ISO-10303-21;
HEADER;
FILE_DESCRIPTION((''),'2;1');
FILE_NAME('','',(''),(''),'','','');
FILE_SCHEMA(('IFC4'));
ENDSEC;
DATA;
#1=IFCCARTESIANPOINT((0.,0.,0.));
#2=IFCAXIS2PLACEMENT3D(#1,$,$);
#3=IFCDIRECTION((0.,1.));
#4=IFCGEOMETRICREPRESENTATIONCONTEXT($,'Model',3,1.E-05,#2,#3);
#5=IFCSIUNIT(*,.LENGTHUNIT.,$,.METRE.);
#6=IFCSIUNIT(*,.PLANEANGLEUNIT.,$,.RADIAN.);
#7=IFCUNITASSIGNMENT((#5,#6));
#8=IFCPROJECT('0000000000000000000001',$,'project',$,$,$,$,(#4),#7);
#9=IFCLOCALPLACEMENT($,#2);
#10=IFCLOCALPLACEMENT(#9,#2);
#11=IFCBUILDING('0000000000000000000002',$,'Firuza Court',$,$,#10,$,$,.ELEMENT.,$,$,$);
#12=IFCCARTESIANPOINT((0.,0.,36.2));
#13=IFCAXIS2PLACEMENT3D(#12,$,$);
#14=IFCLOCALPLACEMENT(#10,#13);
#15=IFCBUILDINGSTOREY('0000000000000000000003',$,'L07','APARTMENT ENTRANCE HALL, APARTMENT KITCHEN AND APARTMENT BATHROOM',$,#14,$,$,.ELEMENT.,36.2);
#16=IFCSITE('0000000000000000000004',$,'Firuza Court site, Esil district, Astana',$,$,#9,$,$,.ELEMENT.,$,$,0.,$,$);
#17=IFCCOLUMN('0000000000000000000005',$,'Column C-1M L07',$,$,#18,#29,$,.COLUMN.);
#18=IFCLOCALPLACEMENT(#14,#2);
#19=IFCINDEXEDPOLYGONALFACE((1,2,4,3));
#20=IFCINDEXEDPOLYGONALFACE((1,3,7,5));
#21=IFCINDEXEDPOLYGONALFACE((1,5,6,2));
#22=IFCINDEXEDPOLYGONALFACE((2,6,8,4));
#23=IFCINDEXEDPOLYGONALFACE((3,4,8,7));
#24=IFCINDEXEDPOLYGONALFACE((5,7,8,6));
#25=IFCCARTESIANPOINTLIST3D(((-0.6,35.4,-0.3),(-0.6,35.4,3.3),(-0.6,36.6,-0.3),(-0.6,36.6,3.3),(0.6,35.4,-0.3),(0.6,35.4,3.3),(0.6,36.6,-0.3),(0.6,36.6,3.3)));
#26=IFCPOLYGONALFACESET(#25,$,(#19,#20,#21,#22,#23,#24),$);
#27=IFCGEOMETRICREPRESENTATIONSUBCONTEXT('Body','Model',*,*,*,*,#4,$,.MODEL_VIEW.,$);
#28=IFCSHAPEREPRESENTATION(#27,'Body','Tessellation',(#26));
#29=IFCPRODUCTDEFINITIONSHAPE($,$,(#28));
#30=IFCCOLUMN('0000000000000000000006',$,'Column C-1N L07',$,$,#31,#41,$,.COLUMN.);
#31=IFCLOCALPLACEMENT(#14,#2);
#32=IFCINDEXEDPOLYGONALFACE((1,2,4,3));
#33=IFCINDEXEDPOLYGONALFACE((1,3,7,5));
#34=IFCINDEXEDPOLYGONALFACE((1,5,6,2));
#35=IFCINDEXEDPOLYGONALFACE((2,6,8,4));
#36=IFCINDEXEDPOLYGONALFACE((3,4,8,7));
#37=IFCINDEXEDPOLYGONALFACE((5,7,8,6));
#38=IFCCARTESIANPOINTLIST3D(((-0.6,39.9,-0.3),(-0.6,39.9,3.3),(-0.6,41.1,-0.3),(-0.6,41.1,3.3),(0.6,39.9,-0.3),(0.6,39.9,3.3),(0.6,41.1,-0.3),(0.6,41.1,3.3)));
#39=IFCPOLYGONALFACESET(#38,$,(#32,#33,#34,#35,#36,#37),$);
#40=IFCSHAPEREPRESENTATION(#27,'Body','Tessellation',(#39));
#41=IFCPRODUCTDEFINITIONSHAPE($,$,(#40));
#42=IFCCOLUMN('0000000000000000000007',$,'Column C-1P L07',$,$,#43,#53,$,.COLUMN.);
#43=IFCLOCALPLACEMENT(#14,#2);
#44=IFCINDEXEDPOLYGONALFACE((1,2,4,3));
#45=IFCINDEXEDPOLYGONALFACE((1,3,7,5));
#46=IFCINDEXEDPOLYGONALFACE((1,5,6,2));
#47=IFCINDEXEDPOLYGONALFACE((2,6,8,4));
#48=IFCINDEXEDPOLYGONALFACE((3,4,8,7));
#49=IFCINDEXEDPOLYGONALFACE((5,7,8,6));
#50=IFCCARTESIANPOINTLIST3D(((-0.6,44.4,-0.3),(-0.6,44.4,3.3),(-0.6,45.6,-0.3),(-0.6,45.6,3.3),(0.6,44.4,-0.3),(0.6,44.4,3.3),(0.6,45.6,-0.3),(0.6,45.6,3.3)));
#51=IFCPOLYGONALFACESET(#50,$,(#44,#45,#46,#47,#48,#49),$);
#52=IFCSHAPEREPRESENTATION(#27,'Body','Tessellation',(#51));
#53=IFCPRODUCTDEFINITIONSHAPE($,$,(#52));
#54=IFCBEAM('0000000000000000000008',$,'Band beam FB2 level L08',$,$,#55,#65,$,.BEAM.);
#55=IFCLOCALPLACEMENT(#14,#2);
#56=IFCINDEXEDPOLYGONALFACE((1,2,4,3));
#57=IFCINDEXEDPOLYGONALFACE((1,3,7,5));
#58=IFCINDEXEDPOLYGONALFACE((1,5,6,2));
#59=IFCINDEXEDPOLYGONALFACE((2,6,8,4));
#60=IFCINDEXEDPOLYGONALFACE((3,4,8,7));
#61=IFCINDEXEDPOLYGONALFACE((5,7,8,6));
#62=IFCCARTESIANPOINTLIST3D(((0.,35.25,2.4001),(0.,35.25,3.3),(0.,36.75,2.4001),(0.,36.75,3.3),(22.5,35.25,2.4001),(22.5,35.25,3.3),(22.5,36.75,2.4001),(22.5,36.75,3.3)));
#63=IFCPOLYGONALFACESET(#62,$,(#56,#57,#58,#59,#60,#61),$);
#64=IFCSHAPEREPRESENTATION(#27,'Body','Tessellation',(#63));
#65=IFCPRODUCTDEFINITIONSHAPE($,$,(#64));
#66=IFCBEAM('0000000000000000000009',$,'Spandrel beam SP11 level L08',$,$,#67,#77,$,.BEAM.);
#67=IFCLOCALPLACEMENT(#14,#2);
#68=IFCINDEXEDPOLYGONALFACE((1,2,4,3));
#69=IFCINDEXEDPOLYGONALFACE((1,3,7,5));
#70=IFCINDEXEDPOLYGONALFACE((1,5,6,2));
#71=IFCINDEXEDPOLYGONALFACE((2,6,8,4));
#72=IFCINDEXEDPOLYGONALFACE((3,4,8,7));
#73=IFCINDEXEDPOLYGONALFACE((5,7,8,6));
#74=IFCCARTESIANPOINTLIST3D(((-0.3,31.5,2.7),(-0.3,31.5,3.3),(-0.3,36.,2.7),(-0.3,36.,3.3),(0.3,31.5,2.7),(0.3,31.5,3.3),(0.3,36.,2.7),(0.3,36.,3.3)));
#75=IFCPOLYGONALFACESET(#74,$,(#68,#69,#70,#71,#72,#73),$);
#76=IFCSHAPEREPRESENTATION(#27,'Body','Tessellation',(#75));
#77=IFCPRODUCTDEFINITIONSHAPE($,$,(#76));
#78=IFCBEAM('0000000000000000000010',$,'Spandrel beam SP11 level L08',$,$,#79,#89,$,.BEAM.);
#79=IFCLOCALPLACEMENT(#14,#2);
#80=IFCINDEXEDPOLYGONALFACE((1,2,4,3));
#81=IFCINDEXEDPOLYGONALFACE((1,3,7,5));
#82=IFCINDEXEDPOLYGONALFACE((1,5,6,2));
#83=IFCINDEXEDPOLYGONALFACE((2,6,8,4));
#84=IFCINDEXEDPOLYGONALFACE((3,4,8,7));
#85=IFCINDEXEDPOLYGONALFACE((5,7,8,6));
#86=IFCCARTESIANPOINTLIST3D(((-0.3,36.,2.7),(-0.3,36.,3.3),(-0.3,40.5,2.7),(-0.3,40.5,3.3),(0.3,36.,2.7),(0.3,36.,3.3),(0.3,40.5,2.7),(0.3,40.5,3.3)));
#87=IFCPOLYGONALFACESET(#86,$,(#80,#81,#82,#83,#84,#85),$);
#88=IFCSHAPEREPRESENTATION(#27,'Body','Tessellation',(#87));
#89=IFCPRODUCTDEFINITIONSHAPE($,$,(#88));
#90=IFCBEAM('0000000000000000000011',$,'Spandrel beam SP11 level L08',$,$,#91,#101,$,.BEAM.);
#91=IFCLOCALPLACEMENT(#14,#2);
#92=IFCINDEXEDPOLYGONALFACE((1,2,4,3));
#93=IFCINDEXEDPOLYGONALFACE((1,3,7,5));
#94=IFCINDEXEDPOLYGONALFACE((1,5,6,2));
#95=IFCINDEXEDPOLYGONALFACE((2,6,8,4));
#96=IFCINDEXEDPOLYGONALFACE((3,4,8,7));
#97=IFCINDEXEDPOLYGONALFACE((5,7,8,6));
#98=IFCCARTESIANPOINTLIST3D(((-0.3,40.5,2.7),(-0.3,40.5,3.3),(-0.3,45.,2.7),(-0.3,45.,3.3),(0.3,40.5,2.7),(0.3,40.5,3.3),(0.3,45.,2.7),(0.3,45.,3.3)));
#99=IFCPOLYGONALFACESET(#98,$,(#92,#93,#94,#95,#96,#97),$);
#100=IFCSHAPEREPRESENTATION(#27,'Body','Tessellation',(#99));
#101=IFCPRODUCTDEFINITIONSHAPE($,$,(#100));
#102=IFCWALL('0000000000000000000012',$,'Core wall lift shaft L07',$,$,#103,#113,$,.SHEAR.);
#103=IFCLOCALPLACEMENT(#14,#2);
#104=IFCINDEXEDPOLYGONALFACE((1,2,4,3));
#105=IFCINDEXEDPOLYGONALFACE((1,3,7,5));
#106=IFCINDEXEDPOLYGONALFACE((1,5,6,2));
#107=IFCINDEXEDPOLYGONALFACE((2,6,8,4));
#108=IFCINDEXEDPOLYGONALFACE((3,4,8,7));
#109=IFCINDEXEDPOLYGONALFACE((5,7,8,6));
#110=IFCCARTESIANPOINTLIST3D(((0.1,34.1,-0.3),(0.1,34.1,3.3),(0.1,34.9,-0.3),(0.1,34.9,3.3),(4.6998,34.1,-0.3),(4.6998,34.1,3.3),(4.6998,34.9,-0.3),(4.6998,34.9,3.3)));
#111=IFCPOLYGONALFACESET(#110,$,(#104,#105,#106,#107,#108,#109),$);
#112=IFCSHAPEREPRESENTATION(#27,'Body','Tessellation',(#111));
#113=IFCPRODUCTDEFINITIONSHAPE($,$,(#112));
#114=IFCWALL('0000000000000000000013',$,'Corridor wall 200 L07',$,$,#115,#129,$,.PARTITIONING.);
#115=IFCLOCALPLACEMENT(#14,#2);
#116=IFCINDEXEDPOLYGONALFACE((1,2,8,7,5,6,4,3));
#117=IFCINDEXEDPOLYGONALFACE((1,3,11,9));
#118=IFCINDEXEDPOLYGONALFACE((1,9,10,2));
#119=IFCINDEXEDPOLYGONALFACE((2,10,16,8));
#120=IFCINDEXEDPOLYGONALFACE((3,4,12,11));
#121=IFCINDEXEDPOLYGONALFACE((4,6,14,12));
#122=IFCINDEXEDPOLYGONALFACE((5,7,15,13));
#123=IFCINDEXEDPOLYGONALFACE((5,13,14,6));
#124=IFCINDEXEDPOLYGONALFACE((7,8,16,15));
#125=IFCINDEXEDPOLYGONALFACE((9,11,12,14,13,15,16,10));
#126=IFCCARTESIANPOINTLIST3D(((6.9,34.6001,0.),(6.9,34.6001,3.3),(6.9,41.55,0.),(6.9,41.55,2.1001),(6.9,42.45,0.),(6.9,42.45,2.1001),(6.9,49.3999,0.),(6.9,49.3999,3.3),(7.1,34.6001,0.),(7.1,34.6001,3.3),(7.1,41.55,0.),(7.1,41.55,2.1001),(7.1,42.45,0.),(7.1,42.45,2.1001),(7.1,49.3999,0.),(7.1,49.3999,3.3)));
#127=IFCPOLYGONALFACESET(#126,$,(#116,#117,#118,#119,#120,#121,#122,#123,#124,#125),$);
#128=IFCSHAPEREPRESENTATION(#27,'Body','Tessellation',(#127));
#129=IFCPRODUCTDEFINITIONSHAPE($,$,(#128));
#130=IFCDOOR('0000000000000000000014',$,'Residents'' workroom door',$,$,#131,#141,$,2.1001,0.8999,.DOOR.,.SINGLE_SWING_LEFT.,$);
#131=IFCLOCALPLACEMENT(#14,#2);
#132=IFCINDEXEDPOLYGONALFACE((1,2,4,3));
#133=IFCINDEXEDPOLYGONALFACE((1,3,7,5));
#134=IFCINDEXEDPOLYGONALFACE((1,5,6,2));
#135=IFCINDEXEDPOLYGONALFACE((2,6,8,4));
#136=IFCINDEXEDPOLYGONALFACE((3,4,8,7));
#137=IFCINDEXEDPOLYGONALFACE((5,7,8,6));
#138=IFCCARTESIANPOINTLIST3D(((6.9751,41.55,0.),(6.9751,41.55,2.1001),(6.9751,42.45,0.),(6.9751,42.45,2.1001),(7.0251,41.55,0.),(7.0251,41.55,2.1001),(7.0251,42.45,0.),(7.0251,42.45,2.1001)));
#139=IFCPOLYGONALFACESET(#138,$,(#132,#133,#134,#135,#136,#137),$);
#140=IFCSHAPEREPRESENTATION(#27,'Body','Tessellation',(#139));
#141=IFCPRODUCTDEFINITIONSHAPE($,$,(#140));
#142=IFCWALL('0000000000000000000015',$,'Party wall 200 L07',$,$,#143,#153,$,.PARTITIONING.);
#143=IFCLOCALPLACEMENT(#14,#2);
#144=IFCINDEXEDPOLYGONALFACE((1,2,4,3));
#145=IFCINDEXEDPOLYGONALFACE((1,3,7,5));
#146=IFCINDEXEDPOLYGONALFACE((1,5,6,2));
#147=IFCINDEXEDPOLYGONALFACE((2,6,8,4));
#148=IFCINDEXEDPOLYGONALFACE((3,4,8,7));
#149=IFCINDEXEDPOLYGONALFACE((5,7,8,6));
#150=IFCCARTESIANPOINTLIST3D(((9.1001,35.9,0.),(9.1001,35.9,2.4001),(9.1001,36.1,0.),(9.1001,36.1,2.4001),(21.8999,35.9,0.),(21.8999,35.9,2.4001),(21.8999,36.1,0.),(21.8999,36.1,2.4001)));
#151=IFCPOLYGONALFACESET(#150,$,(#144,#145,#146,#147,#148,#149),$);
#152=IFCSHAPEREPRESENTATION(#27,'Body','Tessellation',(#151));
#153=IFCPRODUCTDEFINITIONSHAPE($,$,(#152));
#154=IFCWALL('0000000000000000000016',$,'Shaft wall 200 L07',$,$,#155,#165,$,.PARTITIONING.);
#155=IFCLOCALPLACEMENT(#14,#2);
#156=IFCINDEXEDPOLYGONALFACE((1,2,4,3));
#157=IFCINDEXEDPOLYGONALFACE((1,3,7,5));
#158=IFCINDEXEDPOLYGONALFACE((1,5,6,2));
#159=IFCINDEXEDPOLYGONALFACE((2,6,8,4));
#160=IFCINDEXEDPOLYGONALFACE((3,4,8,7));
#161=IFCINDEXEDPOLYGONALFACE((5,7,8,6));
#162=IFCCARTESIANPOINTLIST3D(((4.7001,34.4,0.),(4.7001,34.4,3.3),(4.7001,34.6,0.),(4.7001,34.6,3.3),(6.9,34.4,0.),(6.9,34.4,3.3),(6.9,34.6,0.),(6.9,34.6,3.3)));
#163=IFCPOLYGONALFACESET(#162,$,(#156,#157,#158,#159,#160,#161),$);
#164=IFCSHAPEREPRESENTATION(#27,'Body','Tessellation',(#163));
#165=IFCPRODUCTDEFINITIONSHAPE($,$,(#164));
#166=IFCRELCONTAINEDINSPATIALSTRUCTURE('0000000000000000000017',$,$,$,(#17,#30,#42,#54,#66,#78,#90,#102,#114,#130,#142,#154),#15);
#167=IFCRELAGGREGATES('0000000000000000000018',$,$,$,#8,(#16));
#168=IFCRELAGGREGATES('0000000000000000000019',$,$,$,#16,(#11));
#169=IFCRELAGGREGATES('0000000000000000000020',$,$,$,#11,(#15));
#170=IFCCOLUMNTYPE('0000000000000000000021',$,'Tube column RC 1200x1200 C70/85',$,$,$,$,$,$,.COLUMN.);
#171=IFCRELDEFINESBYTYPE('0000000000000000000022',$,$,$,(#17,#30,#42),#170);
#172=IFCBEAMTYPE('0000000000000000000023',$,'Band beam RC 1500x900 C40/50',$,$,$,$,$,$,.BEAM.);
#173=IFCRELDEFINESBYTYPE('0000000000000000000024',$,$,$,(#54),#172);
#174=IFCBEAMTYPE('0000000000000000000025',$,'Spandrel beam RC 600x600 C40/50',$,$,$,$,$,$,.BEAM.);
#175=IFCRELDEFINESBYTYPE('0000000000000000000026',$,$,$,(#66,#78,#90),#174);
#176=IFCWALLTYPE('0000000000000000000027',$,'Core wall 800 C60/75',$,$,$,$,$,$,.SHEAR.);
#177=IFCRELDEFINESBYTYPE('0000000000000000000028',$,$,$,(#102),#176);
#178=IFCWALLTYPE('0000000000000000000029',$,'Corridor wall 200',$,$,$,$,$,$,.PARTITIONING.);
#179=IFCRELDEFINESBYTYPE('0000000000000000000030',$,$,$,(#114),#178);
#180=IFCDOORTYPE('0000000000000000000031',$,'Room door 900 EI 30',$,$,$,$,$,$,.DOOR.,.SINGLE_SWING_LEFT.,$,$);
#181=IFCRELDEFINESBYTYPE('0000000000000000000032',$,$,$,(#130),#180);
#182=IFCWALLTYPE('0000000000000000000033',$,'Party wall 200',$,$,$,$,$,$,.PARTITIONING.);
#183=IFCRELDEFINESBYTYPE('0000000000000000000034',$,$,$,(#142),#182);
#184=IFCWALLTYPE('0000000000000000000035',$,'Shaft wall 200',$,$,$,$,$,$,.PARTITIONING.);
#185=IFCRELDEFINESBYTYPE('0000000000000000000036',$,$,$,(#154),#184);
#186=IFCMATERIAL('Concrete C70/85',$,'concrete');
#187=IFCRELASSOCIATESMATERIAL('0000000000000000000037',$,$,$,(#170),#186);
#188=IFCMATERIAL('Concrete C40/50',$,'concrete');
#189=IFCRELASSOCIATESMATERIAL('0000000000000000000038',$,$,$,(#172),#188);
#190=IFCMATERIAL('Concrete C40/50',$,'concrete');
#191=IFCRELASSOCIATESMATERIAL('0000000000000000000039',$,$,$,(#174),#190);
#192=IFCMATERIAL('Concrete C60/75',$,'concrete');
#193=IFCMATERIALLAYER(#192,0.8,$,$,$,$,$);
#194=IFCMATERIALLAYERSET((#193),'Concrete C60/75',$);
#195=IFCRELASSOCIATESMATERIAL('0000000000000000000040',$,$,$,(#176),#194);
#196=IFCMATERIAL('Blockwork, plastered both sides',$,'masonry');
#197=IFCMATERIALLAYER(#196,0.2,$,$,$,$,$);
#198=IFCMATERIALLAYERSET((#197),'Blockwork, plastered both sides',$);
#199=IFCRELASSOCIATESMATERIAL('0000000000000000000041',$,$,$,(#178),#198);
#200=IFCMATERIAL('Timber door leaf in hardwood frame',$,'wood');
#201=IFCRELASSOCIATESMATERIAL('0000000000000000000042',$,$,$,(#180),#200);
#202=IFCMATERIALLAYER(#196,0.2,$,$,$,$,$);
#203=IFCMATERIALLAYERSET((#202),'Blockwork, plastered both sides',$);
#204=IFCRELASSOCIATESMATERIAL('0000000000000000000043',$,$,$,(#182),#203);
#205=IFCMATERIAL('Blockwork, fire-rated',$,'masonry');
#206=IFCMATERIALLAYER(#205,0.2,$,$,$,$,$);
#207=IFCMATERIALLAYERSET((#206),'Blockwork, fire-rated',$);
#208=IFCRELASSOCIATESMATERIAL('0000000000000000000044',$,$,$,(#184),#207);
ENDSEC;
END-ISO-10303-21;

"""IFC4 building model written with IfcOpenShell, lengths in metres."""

from ifc_helpers import new_model, si_unit, direction, frame, frame_2d, origin, origin_2d, place, context, subcontext, project, spatial, rectangle, extrude, material, layer, layer_set, material_profile, profile_set, type_object, element, fill, save


model = new_model("IFC4")

# Units and contexts
model_context = context("Model", 3, precision=1e-05, world=origin(), true_north=direction((0.0, 1.0)))
body_context = subcontext(model_context, "Body", "Model", "MODEL_VIEW")
ifc_project = project(units=[si_unit("LENGTHUNIT", "METRE"), si_unit("PLANEANGLEUNIT", "RADIAN")], contexts=[model_context])

# Site, building, storey
site_placement = place(None, origin())
site = spatial("IfcSite", under=ifc_project, at=site_placement, Name="Firuza Court site, Esil district, Astana", CompositionType="ELEMENT", RefElevation=0.0)
building_placement = place(site_placement, origin())
building = spatial("IfcBuilding", under=site, at=building_placement, Name="Firuza Court", CompositionType="ELEMENT")
storey_placement = place(building_placement, frame((0.0, 0.0, 36.2)))
storey = spatial("IfcBuildingStorey", under=building, at=storey_placement, Name="L07", Description="APARTMENT ENTRANCE HALL, APARTMENT KITCHEN AND APARTMENT BATHROOM", CompositionType="ELEMENT", Elevation=36.2)

# Columns
ifc_material_1 = material(Name="Concrete C70/85", Category="concrete")
ifc_material_profile_1 = material_profile(ifc_material_1, rectangle(XDim=1.2, YDim=1.2, at=origin_2d()), Name="RC 1200x1200")
ifc_profile_set_1 = profile_set([ifc_material_profile_1], Name="Concrete C70/85")
column_type = type_object("IfcColumnType", Name="Tube column RC 1200x1200 C70/85", PredefinedType="COLUMN", material=ifc_profile_set_1)
for number, where, z_axis, x_axis, name in (
    (1, (0.0, 36.0, -0.3), (0.0, 0.0, 1.0), (1.0, 0.0, 0.0), "Column C-1M L07"),
    (2, (0.0, 40.5, -0.3), (0.0, 0.0, 1.0), (1.0, 0.0, 0.0), "Column C-1N L07"),
    (3, (0.0, 45.0, -0.3), (0.0, 0.0, 1.0), (1.0, 0.0, 0.0), "Column C-1P L07"),
):
    element("IfcColumn", number, at=place(storey_placement, frame(where, z_axis=z_axis, x_axis=x_axis)), inside=storey, type_object=column_type, Name=name, PredefinedType="COLUMN", context=body_context, shape_type="SweptSolid", body=[
        extrude(rectangle(XDim=1.2, YDim=1.2, at=origin_2d()), origin(), (0.0, 0.0, 1.0), 3.6001),
    ])

# Beams
ifc_material_2 = material(Name="Concrete C40/50", Category="concrete")
ifc_material_profile_2 = material_profile(ifc_material_2, rectangle(XDim=1.5, YDim=0.8999, at=origin_2d()), Name="RC 1500x900")
ifc_profile_set_2 = profile_set([ifc_material_profile_2], Name="Concrete C40/50")
beam_type_1 = type_object("IfcBeamType", Name="Band beam RC 1500x900 C40/50", PredefinedType="BEAM", material=ifc_profile_set_2)
beam_placement = place(storey_placement, frame((0.0, 36.0, 2.8501), z_axis=(1.0, 0.0, 0.0), x_axis=(0.0, 1.0, 0.0)))
element("IfcBeam", 4, at=beam_placement, inside=storey, type_object=beam_type_1, Name="Band beam FB2 level L08", PredefinedType="BEAM", context=body_context, shape_type="SweptSolid", body=[
    extrude(rectangle(XDim=1.5, YDim=0.8999, at=origin_2d()), origin(), (0.0, 0.0, 1.0), 22.5),
])
ifc_material_3 = material(Name="Concrete C40/50", Category="concrete")
ifc_material_profile_3 = material_profile(ifc_material_3, rectangle(XDim=0.6001, YDim=0.6001, at=origin_2d()), Name="RC 600x600")
ifc_profile_set_3 = profile_set([ifc_material_profile_3], Name="Concrete C40/50")
beam_type_2 = type_object("IfcBeamType", Name="Spandrel beam RC 600x600 C40/50", PredefinedType="BEAM", material=ifc_profile_set_3)
for number, where, z_axis, x_axis, name in (
    (5, (0.0, 36.0, 3.0), (0.0, -1.0, 0.0), (1.0, 0.0, 0.0), "Spandrel beam SP11 level L08"),
    (6, (0.0, 40.5, 3.0), (0.0, -1.0, 0.0), (1.0, 0.0, 0.0), "Spandrel beam SP11 level L08"),
    (7, (0.0, 45.0, 3.0), (0.0, -1.0, 0.0), (1.0, 0.0, 0.0), "Spandrel beam SP11 level L08"),
):
    element("IfcBeam", number, at=place(storey_placement, frame(where, z_axis=z_axis, x_axis=x_axis)), inside=storey, type_object=beam_type_2, Name=name, PredefinedType="BEAM", context=body_context, shape_type="SweptSolid", body=[
        extrude(rectangle(XDim=0.6001, YDim=0.6001, at=origin_2d()), origin(), (0.0, 0.0, 1.0), 4.5),
    ])

# Wall
ifc_material_4 = material(Name="Concrete C60/75", Category="concrete")
ifc_layer_1 = layer(ifc_material_4, 0.8)
ifc_layer_set_1 = layer_set([ifc_layer_1], Name="Concrete C60/75")
wall_type_1 = type_object("IfcWallType", Name="Core wall 800 C60/75", PredefinedType="SHEAR", material=ifc_layer_set_1)
wall_1_placement = place(storey_placement, frame((0.1001, 34.5, -0.3), z_axis=(0.0, 0.0, 1.0), x_axis=(1.0, 0.0, 0.0)))
element("IfcWall", 8, at=wall_1_placement, inside=storey, type_object=wall_type_1, Name="Core wall lift shaft L07", PredefinedType="SHEAR", context=body_context, shape_type="SweptSolid", body=[
    extrude(rectangle(XDim=4.5999, YDim=0.8, at=frame_2d((2.2998, 0.0))), origin(), (0.0, 0.0, 1.0), 3.6001),
])

# Wall, opening, door
ifc_material_5 = material(Name="Blockwork, plastered both sides", Category="masonry")
ifc_layer_2 = layer(ifc_material_5, 0.2)
ifc_layer_set_2 = layer_set([ifc_layer_2], Name="Blockwork, plastered both sides")
wall_type_2 = type_object("IfcWallType", Name="Corridor wall 200", PredefinedType="PARTITIONING", material=ifc_layer_set_2)
wall_2_placement = place(storey_placement, frame((7.0, 34.6001, 0.0), z_axis=(0.0, 0.0, 1.0), x_axis=(0.0, 1.0, 0.0)))
wall_2 = element("IfcWall", 9, at=wall_2_placement, inside=storey, type_object=wall_type_2, Name="Corridor wall 200 L07", PredefinedType="PARTITIONING", context=body_context, shape_type="SweptSolid", body=[
    extrude(rectangle(XDim=14.7998, YDim=0.2, at=frame_2d((7.3999, 0.0))), origin(), (0.0, 0.0, 1.0), 3.3),
])
opening_placement = place(wall_2_placement, frame((6.95, 0.0, 0.0)))
opening = element("IfcOpeningElement", 10, at=opening_placement, cuts=wall_2, PredefinedType="OPENING", context=body_context, shape_type="SweptSolid", body=[
    extrude(rectangle(XDim=0.8999, YDim=2.1001, at=frame_2d((0.45, 1.05))), frame((0.0, 0.1118, 0.0), z_axis=(0.0, -1.0, 0.0), x_axis=(1.0, 0.0, 0.0)), (0.0, 0.0, 1.0), 0.2239),
])
ifc_material_6 = material(Name="Timber door leaf in hardwood frame", Category="wood")
door_type = type_object("IfcDoorType", Name="Room door 900 EI 30", OperationType="SINGLE_SWING_LEFT", PredefinedType="DOOR", material=ifc_material_6)
door_placement = place(opening_placement, origin())
door = element("IfcDoor", 11, at=door_placement, inside=storey, type_object=door_type, Name="Residents' workroom door", OperationType="SINGLE_SWING_LEFT", OverallHeight=2.1001, OverallWidth=0.8999, PredefinedType="DOOR", context=body_context, shape_type="SweptSolid", body=[
    extrude(rectangle(XDim=0.8999, YDim=2.1001, at=frame_2d((0.45, 1.05))), frame((0.0, 0.0249, 0.0), z_axis=(0.0, -1.0, 0.0), x_axis=(1.0, 0.0, 0.0)), (0.0, 0.0, 1.0), 0.05),
])
fill(opening, door)

# Walls
ifc_layer_3 = layer(ifc_material_5, 0.2)
ifc_layer_set_3 = layer_set([ifc_layer_3], Name="Blockwork, plastered both sides")
wall_type_3 = type_object("IfcWallType", Name="Party wall 200", PredefinedType="PARTITIONING", material=ifc_layer_set_3)
wall_3_placement = place(storey_placement, frame((9.1001, 36.0, 0.0), z_axis=(0.0, 0.0, 1.0), x_axis=(1.0, 0.0, 0.0)))
element("IfcWall", 12, at=wall_3_placement, inside=storey, type_object=wall_type_3, Name="Party wall 200 L07", PredefinedType="PARTITIONING", context=body_context, shape_type="SweptSolid", body=[
    extrude(rectangle(XDim=12.7998, YDim=0.2, at=frame_2d((6.3999, 0.0))), origin(), (0.0, 0.0, 1.0), 2.4001),
])
ifc_material_7 = material(Name="Blockwork, fire-rated", Category="masonry")
ifc_layer_4 = layer(ifc_material_7, 0.2)
ifc_layer_set_4 = layer_set([ifc_layer_4], Name="Blockwork, fire-rated")
wall_type_4 = type_object("IfcWallType", Name="Shaft wall 200", PredefinedType="PARTITIONING", material=ifc_layer_set_4)
wall_4_placement = place(storey_placement, frame((4.7, 34.5, 0.0), z_axis=(0.0, 0.0, 1.0), x_axis=(1.0, 0.0, 0.0)))
element("IfcWall", 13, at=wall_4_placement, inside=storey, type_object=wall_type_4, Name="Shaft wall 200 L07", PredefinedType="PARTITIONING", context=body_context, shape_type="SweptSolid", body=[
    extrude(rectangle(XDim=2.2, YDim=0.2, at=frame_2d((1.1001, 0.0))), origin(), (0.0, 0.0, 1.0), 3.3),
])

save(model, "model.ifc")
